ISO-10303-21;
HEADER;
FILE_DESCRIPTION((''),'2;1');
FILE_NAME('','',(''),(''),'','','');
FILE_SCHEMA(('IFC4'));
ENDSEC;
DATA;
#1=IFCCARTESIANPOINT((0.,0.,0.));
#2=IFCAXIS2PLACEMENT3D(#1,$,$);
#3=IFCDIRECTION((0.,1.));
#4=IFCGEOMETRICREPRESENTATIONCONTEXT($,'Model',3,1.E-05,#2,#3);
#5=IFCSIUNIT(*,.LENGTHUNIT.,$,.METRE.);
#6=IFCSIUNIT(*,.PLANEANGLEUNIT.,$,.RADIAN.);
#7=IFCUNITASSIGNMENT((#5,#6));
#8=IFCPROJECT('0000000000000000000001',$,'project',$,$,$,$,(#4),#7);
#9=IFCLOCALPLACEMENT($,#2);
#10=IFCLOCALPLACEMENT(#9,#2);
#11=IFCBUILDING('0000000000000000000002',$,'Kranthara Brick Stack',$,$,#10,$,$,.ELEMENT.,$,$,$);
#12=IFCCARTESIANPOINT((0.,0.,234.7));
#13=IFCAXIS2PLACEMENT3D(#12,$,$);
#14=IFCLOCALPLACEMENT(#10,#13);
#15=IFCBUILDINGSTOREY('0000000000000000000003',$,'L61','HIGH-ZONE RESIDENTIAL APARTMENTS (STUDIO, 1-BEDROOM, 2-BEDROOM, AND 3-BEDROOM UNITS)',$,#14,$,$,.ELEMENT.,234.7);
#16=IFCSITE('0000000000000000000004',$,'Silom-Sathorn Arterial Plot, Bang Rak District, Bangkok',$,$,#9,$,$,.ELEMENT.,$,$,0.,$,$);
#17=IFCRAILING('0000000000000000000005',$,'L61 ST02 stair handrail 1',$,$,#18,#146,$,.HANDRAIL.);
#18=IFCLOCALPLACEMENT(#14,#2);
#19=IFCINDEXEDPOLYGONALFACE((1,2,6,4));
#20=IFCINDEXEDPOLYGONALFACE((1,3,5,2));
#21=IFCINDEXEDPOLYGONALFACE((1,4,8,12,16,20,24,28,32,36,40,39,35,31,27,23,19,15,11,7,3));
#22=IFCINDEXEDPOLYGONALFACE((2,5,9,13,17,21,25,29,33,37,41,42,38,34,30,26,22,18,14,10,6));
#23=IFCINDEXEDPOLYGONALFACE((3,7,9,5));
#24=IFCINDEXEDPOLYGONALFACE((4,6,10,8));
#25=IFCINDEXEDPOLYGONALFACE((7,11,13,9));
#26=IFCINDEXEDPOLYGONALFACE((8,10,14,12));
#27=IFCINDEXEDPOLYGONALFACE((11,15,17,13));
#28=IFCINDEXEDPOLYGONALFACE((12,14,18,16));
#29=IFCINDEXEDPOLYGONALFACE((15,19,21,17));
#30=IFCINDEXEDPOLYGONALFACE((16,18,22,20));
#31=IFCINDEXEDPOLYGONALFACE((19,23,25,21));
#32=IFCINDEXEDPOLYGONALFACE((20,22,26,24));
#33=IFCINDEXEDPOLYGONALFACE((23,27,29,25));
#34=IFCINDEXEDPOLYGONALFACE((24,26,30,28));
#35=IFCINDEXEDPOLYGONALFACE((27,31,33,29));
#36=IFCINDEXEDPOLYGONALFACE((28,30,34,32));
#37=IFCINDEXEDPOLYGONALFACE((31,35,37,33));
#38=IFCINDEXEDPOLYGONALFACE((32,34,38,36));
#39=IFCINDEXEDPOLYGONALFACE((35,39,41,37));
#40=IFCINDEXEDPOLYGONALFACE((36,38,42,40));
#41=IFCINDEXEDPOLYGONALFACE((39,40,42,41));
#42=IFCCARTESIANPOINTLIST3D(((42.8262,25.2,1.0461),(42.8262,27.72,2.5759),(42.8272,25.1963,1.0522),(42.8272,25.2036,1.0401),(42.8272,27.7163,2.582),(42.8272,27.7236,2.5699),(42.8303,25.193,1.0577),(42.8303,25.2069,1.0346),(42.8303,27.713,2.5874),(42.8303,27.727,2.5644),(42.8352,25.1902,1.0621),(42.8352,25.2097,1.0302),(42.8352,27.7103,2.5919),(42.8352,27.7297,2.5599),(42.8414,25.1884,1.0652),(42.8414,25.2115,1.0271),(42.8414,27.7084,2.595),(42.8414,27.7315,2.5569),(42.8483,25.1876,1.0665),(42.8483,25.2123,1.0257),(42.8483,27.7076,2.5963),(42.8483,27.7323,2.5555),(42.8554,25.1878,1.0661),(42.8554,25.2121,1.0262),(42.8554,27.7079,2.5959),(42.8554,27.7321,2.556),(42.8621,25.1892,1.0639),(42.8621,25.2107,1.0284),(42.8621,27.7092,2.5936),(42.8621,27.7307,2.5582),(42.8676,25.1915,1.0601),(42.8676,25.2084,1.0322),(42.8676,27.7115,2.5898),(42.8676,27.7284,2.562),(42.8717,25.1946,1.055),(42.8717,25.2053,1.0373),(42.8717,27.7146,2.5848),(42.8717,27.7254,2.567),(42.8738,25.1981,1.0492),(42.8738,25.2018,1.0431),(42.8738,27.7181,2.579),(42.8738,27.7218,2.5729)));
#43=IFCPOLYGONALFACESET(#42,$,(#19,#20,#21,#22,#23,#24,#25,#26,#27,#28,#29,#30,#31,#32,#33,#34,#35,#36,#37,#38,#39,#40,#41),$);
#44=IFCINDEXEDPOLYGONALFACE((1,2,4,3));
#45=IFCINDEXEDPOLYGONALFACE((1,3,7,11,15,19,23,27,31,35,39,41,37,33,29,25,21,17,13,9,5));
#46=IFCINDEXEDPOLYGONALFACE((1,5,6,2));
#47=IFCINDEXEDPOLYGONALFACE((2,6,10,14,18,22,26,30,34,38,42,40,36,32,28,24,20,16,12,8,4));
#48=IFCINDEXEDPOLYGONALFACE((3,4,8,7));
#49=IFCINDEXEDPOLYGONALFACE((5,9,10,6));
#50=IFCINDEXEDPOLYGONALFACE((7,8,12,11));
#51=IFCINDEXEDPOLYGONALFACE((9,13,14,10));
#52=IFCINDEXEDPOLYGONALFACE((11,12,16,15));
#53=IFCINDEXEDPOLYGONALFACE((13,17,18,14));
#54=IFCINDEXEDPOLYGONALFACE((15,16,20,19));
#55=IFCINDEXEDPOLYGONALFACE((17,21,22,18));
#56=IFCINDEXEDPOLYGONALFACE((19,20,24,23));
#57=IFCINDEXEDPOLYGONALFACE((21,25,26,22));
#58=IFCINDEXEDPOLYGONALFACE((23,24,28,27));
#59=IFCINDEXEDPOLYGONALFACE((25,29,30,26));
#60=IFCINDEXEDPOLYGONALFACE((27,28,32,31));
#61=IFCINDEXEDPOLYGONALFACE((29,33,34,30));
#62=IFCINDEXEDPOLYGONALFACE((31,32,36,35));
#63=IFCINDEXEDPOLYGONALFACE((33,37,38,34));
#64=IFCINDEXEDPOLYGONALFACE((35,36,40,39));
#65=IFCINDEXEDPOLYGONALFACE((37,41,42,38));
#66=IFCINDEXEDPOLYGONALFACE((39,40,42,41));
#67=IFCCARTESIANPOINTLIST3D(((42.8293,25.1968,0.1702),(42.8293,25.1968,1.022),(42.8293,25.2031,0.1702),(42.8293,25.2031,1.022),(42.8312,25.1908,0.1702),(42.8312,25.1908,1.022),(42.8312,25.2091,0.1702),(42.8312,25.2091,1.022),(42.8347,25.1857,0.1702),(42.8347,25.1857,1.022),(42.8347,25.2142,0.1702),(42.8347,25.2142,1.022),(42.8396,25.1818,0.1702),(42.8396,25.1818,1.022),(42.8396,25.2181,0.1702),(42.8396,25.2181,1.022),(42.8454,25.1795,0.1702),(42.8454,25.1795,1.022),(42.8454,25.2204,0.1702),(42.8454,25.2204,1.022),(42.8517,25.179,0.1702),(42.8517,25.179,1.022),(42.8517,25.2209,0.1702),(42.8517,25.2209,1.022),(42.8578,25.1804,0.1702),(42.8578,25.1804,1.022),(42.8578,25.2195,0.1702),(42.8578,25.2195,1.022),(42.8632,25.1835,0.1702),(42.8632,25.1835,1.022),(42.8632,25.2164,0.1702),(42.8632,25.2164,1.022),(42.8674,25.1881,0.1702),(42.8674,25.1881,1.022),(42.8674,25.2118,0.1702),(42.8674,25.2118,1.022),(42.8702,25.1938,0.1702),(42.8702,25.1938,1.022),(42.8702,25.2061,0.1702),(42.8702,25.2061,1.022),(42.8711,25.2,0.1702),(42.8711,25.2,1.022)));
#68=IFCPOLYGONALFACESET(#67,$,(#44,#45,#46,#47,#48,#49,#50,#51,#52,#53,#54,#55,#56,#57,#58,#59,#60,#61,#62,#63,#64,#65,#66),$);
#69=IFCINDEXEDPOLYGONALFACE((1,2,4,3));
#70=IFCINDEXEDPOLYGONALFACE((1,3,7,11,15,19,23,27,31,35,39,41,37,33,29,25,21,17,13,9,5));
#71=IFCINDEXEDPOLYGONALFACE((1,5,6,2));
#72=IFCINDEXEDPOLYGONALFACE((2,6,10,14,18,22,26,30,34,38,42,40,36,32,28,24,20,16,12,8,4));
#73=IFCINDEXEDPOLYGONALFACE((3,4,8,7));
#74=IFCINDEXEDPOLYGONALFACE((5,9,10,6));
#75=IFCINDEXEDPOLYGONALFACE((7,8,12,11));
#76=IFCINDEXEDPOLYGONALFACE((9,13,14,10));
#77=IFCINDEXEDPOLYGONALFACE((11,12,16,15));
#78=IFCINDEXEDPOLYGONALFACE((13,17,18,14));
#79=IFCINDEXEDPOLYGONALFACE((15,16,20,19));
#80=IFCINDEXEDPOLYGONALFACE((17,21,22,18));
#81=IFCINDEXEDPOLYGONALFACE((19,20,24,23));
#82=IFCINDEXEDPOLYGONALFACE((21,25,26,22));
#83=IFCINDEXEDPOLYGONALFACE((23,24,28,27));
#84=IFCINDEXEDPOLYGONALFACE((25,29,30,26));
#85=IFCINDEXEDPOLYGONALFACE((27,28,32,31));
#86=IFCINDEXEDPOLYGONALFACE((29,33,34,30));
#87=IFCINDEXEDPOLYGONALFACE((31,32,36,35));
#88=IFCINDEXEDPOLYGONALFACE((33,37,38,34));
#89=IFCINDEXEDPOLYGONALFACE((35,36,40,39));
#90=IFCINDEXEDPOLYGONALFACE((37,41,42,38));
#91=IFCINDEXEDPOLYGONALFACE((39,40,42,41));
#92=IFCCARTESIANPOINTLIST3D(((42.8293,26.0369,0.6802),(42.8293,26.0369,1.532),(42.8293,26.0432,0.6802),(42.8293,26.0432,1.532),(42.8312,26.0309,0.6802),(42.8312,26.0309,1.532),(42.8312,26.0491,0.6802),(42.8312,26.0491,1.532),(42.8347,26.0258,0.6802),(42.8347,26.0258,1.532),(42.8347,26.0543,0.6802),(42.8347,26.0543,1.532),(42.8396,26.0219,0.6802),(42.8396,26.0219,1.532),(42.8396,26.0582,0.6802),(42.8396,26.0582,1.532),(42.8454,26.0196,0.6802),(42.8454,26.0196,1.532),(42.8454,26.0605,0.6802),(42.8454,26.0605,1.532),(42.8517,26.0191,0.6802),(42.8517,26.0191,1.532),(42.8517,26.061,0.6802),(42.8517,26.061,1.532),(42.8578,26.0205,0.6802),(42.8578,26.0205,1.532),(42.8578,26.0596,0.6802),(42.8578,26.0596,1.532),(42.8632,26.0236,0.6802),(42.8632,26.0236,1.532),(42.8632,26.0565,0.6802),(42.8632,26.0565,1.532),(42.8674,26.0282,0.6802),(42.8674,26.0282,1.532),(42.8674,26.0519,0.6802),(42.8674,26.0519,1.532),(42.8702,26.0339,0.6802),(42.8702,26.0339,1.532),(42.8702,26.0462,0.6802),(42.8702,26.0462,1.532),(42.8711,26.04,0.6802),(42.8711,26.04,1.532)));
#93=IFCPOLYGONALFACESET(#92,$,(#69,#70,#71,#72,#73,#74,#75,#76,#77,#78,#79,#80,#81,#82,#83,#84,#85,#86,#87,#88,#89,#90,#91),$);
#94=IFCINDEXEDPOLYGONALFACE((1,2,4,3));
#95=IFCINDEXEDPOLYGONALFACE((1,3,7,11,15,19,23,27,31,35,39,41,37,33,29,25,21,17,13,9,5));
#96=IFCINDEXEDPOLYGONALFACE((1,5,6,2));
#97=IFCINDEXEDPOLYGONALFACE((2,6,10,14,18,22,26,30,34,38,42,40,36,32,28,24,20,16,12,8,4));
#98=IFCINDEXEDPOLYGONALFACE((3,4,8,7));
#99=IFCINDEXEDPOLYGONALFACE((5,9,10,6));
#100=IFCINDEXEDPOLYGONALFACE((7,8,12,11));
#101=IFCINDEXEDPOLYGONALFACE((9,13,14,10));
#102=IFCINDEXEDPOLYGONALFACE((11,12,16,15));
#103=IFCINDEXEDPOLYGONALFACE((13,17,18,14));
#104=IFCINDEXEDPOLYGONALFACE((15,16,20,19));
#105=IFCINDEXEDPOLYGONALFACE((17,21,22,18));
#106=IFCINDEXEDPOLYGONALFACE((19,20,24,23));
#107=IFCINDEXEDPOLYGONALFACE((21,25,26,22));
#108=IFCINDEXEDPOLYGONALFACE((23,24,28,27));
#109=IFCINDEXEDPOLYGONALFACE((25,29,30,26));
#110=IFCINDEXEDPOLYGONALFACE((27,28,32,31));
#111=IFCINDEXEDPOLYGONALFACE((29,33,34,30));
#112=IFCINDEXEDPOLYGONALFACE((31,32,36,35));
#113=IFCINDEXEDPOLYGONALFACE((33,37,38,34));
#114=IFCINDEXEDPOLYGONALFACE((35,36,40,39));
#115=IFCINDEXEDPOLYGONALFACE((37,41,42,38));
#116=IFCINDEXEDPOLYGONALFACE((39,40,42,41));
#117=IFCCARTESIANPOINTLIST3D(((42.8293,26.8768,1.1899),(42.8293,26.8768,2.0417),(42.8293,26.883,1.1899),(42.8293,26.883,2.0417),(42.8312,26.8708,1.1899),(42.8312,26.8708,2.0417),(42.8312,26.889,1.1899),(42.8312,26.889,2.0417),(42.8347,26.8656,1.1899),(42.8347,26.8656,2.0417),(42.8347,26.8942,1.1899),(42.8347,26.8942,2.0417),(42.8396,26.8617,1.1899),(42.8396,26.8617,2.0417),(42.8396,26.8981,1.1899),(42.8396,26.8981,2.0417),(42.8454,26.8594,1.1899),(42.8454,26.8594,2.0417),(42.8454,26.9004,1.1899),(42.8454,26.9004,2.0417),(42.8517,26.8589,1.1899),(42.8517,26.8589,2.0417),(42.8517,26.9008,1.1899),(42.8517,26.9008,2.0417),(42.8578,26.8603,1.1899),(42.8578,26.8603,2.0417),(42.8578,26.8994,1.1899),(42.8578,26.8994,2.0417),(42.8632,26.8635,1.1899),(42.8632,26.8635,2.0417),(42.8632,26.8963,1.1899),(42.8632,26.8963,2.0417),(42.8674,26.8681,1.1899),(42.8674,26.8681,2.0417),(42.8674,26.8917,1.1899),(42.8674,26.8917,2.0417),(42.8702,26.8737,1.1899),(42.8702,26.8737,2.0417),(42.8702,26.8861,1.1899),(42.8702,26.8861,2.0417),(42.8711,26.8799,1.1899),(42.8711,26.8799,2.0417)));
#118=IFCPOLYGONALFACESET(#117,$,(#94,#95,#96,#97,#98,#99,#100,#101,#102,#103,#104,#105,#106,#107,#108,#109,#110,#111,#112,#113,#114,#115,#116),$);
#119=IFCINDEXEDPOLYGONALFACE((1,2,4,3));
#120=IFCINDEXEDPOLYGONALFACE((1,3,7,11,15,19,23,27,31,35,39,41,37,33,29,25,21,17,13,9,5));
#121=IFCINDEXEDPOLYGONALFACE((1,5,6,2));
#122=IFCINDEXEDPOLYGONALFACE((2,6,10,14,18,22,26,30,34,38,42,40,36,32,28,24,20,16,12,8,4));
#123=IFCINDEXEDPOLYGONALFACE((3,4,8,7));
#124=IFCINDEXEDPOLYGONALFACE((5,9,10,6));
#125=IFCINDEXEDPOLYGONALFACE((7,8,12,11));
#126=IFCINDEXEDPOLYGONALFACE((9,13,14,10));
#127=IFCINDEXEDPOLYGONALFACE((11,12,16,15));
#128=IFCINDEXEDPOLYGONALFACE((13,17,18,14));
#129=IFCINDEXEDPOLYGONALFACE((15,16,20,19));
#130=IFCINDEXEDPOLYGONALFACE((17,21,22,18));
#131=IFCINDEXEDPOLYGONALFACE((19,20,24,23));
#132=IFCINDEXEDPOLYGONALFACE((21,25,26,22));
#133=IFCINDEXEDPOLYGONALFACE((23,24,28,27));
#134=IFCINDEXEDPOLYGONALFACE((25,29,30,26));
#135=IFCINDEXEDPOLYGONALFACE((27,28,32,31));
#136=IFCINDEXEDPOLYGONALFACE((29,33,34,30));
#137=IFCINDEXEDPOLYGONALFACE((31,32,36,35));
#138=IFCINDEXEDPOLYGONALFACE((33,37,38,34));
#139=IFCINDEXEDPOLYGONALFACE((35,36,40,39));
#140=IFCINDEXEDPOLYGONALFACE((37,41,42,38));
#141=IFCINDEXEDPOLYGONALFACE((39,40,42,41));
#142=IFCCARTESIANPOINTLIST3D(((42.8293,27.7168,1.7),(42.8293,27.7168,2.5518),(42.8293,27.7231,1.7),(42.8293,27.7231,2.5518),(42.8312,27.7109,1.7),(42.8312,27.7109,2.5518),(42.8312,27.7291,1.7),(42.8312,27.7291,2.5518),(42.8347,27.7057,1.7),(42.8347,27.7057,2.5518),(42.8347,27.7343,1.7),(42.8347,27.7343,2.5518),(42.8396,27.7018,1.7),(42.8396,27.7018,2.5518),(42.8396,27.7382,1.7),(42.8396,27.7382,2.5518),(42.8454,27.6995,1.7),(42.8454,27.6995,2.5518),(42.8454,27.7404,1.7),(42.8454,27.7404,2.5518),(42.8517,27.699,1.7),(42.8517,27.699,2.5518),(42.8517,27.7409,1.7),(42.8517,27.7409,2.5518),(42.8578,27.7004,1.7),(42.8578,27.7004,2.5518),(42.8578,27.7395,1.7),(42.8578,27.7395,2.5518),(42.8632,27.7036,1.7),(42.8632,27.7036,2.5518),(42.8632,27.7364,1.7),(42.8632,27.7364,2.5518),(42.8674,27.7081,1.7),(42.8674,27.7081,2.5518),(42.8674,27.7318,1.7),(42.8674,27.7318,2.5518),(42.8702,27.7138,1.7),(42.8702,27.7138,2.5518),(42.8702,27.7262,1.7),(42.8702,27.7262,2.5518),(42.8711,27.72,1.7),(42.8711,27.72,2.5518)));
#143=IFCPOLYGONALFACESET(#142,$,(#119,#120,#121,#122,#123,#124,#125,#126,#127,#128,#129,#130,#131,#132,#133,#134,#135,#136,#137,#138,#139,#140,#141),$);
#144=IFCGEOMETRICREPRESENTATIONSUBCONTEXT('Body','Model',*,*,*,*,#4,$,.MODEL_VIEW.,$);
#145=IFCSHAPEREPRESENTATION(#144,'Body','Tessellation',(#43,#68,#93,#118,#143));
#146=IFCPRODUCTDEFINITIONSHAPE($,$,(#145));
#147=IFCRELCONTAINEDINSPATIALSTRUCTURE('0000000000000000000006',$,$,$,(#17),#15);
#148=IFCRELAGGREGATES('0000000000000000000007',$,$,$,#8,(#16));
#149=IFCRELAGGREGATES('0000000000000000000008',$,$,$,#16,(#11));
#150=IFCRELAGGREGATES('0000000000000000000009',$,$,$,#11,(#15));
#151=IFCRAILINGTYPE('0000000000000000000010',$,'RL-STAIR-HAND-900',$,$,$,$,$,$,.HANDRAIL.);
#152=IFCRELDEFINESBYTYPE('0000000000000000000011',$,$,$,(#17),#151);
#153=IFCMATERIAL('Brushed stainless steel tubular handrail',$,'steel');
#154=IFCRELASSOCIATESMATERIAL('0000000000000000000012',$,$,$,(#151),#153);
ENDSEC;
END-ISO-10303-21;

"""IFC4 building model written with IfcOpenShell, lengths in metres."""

from ifc_helpers import new_model, si_unit, direction, frame, origin, origin_2d, place, context, subcontext, project, spatial, circle, extrude, material, type_object, element, save


model = new_model("IFC4")

# Units and contexts
model_context = context("Model", 3, precision=1e-05, world=origin(), true_north=direction((0.0, 1.0)))
body_context = subcontext(model_context, "Body", "Model", "MODEL_VIEW")
ifc_project = project(units=[si_unit("LENGTHUNIT", "METRE"), si_unit("PLANEANGLEUNIT", "RADIAN")], contexts=[model_context])

# Site, building, storey
site_placement = place(None, origin())
site = spatial("IfcSite", under=ifc_project, at=site_placement, Name="Silom-Sathorn Arterial Plot, Bang Rak District, Bangkok", CompositionType="ELEMENT", RefElevation=0.0)
building_placement = place(site_placement, origin())
building = spatial("IfcBuilding", under=site, at=building_placement, Name="Kranthara Brick Stack", CompositionType="ELEMENT")
storey_placement = place(building_placement, frame((0.0, 0.0, 234.7)))
storey = spatial("IfcBuildingStorey", under=building, at=storey_placement, Name="L61", Description="HIGH-ZONE RESIDENTIAL APARTMENTS (STUDIO, 1-BEDROOM, 2-BEDROOM, AND 3-BEDROOM UNITS)", CompositionType="ELEMENT", Elevation=234.7)

# Railing
ifc_material_1 = material(Name="Brushed stainless steel tubular handrail", Category="steel")
railing_type_1 = type_object("IfcRailingType", Name="RL-STAIR-HAND-900", PredefinedType="HANDRAIL", material=ifc_material_1)
railing_1_placement = place(storey_placement, frame((42.8501, 25.2, 0.1702)))
element("IfcRailing", 1, at=railing_1_placement, inside=storey, type_object=railing_type_1, Name="L61 ST02 stair handrail 1", PredefinedType="HANDRAIL", context=body_context, shape_type="SweptSolid", body=[
    extrude(circle(Radius=0.0239, at=origin_2d()), frame((0.0, 0.0, 0.876), z_axis=(0.0, 0.854822, 0.518922), x_axis=(-1.0, 0.0, 0.0)), (0.0, 0.0, 1.0), 2.948),
    extrude(circle(Radius=0.021, at=origin_2d()), origin(), (0.0, 0.0, 1.0), 0.8518),
    extrude(circle(Radius=0.021, at=origin_2d()), frame((0.0, 0.8401, 0.51)), (0.0, 0.0, 1.0), 0.8518),
    extrude(circle(Radius=0.021, at=origin_2d()), frame((0.0, 1.6799, 1.0198)), (0.0, 0.0, 1.0), 0.8518),
    extrude(circle(Radius=0.021, at=origin_2d()), frame((0.0, 2.52, 1.5298)), (0.0, 0.0, 1.0), 0.8518),
])

save(model, "model.ifc")
